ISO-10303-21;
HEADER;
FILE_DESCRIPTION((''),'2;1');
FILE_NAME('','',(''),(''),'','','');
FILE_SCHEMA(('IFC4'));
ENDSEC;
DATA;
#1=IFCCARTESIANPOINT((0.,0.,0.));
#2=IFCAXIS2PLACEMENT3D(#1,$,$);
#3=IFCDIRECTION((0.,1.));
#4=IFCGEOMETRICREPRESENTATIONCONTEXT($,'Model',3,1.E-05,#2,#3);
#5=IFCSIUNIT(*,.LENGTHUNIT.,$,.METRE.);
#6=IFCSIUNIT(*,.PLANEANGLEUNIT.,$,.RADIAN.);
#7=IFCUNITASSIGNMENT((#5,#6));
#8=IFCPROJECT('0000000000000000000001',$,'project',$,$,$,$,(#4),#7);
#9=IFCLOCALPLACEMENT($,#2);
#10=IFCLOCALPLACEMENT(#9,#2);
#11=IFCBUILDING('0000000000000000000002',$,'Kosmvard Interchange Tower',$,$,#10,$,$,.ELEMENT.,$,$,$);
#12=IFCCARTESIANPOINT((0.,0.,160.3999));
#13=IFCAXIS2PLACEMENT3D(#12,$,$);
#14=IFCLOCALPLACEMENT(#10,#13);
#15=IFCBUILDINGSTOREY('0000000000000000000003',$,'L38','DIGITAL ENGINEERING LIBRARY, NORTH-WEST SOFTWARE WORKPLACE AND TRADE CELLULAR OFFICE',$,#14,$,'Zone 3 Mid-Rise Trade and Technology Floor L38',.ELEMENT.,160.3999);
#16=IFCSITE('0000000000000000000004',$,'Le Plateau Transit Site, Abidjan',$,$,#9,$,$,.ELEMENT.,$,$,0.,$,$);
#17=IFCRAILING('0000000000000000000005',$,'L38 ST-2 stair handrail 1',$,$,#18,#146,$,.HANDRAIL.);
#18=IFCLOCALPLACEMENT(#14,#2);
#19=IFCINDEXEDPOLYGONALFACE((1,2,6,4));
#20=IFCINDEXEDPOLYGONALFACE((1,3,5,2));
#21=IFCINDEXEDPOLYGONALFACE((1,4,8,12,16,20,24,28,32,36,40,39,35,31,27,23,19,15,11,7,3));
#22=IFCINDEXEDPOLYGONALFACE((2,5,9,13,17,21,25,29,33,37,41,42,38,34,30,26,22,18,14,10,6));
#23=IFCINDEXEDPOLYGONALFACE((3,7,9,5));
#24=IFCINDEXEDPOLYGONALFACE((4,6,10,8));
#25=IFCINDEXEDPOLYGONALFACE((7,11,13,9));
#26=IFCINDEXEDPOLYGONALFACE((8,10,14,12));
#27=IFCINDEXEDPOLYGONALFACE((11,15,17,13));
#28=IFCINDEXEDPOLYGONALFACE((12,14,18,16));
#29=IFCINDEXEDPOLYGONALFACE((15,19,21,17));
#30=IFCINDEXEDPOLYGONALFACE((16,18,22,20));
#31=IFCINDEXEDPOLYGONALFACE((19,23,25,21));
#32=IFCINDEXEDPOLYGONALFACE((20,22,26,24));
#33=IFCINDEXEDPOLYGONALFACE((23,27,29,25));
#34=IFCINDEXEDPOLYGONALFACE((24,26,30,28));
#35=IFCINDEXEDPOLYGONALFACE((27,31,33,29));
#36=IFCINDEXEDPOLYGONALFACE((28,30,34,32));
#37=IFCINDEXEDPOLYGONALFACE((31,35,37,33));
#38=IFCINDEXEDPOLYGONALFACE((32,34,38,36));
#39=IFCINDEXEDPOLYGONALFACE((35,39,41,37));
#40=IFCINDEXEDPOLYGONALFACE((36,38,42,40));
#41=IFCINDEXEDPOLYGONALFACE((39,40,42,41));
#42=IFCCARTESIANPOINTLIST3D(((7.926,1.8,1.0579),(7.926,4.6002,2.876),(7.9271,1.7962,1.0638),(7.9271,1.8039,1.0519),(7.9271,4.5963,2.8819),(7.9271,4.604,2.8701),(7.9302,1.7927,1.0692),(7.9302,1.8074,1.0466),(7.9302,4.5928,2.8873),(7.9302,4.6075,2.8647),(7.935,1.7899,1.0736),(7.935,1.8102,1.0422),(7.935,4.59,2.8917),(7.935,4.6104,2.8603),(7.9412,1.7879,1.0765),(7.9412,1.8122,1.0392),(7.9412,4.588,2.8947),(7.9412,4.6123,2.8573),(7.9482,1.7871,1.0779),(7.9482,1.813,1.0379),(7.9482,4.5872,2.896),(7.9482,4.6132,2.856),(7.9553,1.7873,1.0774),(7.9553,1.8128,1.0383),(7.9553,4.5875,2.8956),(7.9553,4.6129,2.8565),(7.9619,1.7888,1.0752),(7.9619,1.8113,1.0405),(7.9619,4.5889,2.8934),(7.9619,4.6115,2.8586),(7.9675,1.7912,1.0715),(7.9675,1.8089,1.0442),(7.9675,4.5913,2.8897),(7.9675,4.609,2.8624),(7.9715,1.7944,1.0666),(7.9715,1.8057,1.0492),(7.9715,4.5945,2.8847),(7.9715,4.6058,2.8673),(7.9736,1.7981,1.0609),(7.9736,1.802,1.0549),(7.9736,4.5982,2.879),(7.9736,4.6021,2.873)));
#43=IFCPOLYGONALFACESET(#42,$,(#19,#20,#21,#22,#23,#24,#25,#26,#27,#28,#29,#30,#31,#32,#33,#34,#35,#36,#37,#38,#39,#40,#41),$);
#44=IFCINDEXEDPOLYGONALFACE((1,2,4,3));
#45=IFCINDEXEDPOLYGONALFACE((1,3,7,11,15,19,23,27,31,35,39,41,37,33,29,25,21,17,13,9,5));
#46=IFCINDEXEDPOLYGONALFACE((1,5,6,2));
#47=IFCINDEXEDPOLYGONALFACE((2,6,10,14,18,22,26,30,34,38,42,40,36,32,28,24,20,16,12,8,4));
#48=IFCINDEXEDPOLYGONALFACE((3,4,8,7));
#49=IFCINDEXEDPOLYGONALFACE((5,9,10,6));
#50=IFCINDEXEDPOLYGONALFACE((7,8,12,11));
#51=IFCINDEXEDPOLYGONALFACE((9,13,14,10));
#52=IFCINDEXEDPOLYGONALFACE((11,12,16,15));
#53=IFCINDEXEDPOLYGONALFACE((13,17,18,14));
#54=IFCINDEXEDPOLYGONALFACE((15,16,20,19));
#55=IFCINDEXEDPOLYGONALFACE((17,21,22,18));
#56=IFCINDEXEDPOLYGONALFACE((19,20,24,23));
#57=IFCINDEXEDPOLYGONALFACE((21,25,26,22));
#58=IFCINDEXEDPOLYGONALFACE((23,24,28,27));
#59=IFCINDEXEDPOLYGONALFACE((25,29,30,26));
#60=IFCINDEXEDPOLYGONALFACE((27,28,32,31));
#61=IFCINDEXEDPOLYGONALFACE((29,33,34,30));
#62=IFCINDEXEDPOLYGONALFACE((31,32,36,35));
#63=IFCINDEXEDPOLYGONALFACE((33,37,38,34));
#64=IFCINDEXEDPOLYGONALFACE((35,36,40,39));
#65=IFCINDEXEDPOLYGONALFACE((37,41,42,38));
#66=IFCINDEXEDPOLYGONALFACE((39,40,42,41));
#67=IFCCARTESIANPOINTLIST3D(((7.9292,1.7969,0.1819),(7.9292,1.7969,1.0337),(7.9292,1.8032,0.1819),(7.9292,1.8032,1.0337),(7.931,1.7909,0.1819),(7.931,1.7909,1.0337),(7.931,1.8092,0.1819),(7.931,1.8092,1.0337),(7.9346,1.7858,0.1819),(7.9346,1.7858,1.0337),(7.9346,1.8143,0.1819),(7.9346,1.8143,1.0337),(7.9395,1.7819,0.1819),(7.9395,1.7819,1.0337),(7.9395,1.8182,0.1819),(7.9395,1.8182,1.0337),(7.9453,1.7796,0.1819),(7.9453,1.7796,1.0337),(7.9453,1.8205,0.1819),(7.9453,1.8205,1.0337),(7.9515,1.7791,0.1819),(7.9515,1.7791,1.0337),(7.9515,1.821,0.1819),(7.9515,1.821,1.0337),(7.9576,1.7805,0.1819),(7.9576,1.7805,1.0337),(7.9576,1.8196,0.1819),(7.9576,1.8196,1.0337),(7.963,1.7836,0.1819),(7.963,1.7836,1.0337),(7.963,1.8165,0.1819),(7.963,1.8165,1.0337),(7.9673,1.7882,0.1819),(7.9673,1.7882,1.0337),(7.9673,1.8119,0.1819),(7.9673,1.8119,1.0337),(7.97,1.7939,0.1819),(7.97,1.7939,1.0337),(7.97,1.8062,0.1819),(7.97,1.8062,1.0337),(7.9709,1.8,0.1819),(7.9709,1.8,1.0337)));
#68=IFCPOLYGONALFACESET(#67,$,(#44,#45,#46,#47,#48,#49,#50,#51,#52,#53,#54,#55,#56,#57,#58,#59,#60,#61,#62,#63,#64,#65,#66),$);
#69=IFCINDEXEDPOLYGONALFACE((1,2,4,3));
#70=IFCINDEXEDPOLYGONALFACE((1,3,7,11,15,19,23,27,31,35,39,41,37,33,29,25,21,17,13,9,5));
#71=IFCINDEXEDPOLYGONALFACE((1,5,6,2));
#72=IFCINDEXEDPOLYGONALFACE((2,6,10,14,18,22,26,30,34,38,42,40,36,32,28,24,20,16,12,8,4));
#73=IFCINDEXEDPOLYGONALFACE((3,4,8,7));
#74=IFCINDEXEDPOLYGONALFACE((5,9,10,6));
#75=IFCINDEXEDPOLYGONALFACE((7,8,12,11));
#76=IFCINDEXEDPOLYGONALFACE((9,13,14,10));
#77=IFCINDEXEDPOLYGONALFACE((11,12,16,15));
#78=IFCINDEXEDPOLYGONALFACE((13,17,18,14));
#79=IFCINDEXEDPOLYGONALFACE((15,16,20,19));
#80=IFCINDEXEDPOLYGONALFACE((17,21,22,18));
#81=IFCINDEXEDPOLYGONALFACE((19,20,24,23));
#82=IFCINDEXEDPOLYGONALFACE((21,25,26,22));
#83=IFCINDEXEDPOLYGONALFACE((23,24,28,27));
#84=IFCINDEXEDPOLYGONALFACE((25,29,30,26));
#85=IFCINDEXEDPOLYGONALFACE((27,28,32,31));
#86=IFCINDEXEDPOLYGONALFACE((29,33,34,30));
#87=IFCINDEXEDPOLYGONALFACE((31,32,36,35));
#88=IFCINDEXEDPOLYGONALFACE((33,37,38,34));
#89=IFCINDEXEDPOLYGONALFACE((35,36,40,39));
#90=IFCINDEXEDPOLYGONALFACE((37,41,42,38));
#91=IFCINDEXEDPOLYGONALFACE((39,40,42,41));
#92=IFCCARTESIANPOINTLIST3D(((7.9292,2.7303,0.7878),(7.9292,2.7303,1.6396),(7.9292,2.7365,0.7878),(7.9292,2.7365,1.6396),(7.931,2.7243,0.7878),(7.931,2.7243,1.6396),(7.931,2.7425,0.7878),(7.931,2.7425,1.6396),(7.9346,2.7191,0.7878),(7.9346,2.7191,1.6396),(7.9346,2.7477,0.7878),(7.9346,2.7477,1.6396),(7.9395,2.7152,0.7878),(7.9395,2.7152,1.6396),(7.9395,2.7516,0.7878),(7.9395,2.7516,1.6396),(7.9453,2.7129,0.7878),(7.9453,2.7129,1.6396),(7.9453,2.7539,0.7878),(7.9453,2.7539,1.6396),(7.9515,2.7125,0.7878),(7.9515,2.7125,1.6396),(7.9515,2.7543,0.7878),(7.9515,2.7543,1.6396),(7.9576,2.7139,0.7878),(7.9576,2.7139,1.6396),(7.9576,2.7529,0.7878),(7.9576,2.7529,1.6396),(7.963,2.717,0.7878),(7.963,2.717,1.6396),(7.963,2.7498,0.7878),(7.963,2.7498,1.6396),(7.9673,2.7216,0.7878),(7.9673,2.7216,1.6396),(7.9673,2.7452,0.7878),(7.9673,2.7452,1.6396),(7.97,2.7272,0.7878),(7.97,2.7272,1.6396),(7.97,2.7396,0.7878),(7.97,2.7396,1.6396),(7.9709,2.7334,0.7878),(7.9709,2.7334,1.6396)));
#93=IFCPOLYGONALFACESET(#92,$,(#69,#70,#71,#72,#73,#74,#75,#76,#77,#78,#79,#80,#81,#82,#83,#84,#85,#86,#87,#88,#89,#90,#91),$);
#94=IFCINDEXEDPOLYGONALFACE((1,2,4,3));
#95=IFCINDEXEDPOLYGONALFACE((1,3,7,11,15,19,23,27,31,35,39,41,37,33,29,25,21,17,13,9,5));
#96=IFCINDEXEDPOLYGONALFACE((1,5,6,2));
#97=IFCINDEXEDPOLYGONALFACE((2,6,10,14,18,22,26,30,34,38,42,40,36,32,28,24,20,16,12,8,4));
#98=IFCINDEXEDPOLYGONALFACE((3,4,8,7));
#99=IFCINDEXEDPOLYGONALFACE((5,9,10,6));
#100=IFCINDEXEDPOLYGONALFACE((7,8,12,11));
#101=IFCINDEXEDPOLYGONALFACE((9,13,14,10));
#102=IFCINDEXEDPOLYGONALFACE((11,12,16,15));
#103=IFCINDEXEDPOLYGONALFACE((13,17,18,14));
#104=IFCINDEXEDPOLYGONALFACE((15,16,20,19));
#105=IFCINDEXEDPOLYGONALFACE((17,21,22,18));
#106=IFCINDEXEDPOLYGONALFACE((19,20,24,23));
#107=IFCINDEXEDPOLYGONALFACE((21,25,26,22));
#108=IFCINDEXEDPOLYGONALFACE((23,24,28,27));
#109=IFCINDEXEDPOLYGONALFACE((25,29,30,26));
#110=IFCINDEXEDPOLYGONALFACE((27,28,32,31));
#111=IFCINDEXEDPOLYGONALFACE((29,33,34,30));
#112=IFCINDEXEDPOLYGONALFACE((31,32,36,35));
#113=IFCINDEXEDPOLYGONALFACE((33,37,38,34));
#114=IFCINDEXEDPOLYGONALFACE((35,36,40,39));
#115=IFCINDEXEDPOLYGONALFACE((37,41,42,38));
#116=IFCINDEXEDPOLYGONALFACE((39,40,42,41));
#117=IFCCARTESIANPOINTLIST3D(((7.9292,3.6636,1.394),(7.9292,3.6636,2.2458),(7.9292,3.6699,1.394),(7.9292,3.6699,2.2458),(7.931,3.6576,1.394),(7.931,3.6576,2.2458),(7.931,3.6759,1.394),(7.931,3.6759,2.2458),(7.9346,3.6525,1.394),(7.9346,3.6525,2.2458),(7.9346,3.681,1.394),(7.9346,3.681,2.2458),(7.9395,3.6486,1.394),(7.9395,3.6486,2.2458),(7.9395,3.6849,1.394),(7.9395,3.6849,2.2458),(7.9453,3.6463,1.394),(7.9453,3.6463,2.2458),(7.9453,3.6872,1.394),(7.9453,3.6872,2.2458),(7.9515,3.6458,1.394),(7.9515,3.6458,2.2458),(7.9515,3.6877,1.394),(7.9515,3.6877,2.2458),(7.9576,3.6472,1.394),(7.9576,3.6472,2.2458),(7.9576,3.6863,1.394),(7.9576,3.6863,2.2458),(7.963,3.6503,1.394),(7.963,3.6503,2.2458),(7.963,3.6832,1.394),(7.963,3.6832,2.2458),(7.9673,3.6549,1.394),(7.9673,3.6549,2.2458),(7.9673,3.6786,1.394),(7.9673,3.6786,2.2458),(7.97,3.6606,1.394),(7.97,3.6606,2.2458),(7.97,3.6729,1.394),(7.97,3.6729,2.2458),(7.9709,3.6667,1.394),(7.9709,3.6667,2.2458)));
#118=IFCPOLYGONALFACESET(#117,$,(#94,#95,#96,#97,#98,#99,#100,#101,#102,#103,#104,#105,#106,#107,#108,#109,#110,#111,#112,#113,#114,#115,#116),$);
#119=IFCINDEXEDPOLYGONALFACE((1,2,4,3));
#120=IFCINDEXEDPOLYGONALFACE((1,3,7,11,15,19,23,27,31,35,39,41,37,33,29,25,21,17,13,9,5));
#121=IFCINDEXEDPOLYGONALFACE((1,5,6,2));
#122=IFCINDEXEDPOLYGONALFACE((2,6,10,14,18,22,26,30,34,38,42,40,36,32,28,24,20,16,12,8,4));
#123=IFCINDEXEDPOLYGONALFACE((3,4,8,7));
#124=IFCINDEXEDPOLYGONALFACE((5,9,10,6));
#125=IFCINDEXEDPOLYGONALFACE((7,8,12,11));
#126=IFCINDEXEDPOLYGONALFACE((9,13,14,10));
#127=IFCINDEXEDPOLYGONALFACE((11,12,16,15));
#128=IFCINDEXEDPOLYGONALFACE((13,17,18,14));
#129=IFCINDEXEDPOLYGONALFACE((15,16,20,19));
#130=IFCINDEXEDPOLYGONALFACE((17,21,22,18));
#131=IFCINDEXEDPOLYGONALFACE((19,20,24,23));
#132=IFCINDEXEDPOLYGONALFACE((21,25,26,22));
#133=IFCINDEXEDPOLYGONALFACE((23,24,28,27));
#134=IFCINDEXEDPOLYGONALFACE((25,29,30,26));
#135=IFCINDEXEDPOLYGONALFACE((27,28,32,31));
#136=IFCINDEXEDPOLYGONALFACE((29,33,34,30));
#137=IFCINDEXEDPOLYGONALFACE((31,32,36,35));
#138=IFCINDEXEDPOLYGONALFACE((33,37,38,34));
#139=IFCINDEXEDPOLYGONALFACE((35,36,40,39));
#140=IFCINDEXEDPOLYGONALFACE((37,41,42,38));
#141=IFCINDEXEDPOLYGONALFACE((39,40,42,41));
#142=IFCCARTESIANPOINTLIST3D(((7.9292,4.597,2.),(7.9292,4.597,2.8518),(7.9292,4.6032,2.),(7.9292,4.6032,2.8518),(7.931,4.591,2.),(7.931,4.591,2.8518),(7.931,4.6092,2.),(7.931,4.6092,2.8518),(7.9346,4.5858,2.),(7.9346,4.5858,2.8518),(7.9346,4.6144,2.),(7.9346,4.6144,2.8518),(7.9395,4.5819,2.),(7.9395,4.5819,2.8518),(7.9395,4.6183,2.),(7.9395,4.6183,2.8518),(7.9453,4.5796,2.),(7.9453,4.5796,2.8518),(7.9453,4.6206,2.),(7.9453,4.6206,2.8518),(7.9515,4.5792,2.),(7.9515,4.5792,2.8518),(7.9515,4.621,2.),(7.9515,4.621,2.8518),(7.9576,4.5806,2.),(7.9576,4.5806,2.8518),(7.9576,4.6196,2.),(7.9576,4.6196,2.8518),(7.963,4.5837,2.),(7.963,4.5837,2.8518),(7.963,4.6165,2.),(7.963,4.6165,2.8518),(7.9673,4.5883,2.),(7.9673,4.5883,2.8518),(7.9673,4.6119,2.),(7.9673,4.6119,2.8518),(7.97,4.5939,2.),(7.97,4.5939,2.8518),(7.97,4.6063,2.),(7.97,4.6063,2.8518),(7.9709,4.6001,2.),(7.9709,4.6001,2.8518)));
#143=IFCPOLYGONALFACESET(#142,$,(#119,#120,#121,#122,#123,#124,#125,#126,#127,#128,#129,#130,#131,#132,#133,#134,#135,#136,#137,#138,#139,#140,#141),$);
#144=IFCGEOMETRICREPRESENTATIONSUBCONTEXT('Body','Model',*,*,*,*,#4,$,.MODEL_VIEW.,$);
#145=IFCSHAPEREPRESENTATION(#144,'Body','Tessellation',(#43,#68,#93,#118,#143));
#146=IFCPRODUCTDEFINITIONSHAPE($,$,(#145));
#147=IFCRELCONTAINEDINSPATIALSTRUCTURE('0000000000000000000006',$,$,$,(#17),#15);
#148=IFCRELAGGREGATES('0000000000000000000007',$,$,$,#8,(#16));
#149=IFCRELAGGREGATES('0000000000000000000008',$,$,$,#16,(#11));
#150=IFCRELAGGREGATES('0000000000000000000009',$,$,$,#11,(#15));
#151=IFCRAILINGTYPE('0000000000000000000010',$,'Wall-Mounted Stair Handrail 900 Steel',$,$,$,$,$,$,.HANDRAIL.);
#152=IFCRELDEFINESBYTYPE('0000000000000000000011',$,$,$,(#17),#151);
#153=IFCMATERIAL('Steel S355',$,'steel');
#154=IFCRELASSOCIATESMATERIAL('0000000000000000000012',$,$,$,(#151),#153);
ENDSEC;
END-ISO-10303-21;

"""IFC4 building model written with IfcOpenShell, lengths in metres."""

from ifc_helpers import new_model, si_unit, direction, frame, origin, origin_2d, place, context, subcontext, project, spatial, circle, extrude, source, transform, mapped, material, type_object, element, save


model = new_model("IFC4")

# Units and contexts
model_context = context("Model", 3, precision=1e-05, world=origin(), true_north=direction((0.0, 1.0)))
body_context = subcontext(model_context, "Body", "Model", "MODEL_VIEW")
ifc_project = project(units=[si_unit("LENGTHUNIT", "METRE"), si_unit("PLANEANGLEUNIT", "RADIAN")], contexts=[model_context])

# Site, building, storey
site_placement = place(None, origin())
site = spatial("IfcSite", under=ifc_project, at=site_placement, Name="Le Plateau Transit Site, Abidjan", CompositionType="ELEMENT", RefElevation=0.0)
building_placement = place(site_placement, origin())
building = spatial("IfcBuilding", under=site, at=building_placement, Name="Kosmvard Interchange Tower", CompositionType="ELEMENT")
storey_placement = place(building_placement, frame((0.0, 0.0, 160.3999)))
storey = spatial("IfcBuildingStorey", under=building, at=storey_placement, Name="L38", Description="DIGITAL ENGINEERING LIBRARY, NORTH-WEST SOFTWARE WORKPLACE AND TRADE CELLULAR OFFICE", LongName="Zone 3 Mid-Rise Trade and Technology Floor L38", CompositionType="ELEMENT", Elevation=160.3999)

# Shared definitions
ifc_material_1 = material(Name="Steel S355", Category="steel")

# Railing
railing_type_1 = type_object("IfcRailingType", Name="Wall-Mounted Stair Handrail 900 Steel", PredefinedType="HANDRAIL", material=ifc_material_1)
shared_shape_1 = source(origin(), body_context, "Body", "SweptSolid", [
    extrude(circle(Radius=0.0239, at=origin_2d()), frame((0.0, 0.0, 0.876), z_axis=(0.0, 0.838706, 0.544585), x_axis=(-1.0, 0.0, 0.0)), (0.0, 0.0, 1.0), 3.3386),
    extrude(circle(Radius=0.021, at=origin_2d()), origin(), (0.0, 0.0, 1.0), 0.8518),
    extrude(circle(Radius=0.021, at=origin_2d()), frame((0.0, 0.9333, 0.606)), (0.0, 0.0, 1.0), 0.8518),
    extrude(circle(Radius=0.021, at=origin_2d()), frame((0.0, 1.8667, 1.2122)), (0.0, 0.0, 1.0), 0.8518),
    extrude(circle(Radius=0.021, at=origin_2d()), frame((0.0, 2.8, 1.8181)), (0.0, 0.0, 1.0), 0.8518),
])
railing_1_placement = place(storey_placement, frame((7.95, 1.8, 0.1819)))
element("IfcRailing", 1, at=railing_1_placement, inside=storey, type_object=railing_type_1, Name="L38 ST-2 stair handrail 1", PredefinedType="HANDRAIL", context=body_context, shape_type="MappedRepresentation", body=[
    mapped(shared_shape_1, transform((0.0, 0.0, 0.0), scale=1.0)),
])

save(model, "model.ifc")
